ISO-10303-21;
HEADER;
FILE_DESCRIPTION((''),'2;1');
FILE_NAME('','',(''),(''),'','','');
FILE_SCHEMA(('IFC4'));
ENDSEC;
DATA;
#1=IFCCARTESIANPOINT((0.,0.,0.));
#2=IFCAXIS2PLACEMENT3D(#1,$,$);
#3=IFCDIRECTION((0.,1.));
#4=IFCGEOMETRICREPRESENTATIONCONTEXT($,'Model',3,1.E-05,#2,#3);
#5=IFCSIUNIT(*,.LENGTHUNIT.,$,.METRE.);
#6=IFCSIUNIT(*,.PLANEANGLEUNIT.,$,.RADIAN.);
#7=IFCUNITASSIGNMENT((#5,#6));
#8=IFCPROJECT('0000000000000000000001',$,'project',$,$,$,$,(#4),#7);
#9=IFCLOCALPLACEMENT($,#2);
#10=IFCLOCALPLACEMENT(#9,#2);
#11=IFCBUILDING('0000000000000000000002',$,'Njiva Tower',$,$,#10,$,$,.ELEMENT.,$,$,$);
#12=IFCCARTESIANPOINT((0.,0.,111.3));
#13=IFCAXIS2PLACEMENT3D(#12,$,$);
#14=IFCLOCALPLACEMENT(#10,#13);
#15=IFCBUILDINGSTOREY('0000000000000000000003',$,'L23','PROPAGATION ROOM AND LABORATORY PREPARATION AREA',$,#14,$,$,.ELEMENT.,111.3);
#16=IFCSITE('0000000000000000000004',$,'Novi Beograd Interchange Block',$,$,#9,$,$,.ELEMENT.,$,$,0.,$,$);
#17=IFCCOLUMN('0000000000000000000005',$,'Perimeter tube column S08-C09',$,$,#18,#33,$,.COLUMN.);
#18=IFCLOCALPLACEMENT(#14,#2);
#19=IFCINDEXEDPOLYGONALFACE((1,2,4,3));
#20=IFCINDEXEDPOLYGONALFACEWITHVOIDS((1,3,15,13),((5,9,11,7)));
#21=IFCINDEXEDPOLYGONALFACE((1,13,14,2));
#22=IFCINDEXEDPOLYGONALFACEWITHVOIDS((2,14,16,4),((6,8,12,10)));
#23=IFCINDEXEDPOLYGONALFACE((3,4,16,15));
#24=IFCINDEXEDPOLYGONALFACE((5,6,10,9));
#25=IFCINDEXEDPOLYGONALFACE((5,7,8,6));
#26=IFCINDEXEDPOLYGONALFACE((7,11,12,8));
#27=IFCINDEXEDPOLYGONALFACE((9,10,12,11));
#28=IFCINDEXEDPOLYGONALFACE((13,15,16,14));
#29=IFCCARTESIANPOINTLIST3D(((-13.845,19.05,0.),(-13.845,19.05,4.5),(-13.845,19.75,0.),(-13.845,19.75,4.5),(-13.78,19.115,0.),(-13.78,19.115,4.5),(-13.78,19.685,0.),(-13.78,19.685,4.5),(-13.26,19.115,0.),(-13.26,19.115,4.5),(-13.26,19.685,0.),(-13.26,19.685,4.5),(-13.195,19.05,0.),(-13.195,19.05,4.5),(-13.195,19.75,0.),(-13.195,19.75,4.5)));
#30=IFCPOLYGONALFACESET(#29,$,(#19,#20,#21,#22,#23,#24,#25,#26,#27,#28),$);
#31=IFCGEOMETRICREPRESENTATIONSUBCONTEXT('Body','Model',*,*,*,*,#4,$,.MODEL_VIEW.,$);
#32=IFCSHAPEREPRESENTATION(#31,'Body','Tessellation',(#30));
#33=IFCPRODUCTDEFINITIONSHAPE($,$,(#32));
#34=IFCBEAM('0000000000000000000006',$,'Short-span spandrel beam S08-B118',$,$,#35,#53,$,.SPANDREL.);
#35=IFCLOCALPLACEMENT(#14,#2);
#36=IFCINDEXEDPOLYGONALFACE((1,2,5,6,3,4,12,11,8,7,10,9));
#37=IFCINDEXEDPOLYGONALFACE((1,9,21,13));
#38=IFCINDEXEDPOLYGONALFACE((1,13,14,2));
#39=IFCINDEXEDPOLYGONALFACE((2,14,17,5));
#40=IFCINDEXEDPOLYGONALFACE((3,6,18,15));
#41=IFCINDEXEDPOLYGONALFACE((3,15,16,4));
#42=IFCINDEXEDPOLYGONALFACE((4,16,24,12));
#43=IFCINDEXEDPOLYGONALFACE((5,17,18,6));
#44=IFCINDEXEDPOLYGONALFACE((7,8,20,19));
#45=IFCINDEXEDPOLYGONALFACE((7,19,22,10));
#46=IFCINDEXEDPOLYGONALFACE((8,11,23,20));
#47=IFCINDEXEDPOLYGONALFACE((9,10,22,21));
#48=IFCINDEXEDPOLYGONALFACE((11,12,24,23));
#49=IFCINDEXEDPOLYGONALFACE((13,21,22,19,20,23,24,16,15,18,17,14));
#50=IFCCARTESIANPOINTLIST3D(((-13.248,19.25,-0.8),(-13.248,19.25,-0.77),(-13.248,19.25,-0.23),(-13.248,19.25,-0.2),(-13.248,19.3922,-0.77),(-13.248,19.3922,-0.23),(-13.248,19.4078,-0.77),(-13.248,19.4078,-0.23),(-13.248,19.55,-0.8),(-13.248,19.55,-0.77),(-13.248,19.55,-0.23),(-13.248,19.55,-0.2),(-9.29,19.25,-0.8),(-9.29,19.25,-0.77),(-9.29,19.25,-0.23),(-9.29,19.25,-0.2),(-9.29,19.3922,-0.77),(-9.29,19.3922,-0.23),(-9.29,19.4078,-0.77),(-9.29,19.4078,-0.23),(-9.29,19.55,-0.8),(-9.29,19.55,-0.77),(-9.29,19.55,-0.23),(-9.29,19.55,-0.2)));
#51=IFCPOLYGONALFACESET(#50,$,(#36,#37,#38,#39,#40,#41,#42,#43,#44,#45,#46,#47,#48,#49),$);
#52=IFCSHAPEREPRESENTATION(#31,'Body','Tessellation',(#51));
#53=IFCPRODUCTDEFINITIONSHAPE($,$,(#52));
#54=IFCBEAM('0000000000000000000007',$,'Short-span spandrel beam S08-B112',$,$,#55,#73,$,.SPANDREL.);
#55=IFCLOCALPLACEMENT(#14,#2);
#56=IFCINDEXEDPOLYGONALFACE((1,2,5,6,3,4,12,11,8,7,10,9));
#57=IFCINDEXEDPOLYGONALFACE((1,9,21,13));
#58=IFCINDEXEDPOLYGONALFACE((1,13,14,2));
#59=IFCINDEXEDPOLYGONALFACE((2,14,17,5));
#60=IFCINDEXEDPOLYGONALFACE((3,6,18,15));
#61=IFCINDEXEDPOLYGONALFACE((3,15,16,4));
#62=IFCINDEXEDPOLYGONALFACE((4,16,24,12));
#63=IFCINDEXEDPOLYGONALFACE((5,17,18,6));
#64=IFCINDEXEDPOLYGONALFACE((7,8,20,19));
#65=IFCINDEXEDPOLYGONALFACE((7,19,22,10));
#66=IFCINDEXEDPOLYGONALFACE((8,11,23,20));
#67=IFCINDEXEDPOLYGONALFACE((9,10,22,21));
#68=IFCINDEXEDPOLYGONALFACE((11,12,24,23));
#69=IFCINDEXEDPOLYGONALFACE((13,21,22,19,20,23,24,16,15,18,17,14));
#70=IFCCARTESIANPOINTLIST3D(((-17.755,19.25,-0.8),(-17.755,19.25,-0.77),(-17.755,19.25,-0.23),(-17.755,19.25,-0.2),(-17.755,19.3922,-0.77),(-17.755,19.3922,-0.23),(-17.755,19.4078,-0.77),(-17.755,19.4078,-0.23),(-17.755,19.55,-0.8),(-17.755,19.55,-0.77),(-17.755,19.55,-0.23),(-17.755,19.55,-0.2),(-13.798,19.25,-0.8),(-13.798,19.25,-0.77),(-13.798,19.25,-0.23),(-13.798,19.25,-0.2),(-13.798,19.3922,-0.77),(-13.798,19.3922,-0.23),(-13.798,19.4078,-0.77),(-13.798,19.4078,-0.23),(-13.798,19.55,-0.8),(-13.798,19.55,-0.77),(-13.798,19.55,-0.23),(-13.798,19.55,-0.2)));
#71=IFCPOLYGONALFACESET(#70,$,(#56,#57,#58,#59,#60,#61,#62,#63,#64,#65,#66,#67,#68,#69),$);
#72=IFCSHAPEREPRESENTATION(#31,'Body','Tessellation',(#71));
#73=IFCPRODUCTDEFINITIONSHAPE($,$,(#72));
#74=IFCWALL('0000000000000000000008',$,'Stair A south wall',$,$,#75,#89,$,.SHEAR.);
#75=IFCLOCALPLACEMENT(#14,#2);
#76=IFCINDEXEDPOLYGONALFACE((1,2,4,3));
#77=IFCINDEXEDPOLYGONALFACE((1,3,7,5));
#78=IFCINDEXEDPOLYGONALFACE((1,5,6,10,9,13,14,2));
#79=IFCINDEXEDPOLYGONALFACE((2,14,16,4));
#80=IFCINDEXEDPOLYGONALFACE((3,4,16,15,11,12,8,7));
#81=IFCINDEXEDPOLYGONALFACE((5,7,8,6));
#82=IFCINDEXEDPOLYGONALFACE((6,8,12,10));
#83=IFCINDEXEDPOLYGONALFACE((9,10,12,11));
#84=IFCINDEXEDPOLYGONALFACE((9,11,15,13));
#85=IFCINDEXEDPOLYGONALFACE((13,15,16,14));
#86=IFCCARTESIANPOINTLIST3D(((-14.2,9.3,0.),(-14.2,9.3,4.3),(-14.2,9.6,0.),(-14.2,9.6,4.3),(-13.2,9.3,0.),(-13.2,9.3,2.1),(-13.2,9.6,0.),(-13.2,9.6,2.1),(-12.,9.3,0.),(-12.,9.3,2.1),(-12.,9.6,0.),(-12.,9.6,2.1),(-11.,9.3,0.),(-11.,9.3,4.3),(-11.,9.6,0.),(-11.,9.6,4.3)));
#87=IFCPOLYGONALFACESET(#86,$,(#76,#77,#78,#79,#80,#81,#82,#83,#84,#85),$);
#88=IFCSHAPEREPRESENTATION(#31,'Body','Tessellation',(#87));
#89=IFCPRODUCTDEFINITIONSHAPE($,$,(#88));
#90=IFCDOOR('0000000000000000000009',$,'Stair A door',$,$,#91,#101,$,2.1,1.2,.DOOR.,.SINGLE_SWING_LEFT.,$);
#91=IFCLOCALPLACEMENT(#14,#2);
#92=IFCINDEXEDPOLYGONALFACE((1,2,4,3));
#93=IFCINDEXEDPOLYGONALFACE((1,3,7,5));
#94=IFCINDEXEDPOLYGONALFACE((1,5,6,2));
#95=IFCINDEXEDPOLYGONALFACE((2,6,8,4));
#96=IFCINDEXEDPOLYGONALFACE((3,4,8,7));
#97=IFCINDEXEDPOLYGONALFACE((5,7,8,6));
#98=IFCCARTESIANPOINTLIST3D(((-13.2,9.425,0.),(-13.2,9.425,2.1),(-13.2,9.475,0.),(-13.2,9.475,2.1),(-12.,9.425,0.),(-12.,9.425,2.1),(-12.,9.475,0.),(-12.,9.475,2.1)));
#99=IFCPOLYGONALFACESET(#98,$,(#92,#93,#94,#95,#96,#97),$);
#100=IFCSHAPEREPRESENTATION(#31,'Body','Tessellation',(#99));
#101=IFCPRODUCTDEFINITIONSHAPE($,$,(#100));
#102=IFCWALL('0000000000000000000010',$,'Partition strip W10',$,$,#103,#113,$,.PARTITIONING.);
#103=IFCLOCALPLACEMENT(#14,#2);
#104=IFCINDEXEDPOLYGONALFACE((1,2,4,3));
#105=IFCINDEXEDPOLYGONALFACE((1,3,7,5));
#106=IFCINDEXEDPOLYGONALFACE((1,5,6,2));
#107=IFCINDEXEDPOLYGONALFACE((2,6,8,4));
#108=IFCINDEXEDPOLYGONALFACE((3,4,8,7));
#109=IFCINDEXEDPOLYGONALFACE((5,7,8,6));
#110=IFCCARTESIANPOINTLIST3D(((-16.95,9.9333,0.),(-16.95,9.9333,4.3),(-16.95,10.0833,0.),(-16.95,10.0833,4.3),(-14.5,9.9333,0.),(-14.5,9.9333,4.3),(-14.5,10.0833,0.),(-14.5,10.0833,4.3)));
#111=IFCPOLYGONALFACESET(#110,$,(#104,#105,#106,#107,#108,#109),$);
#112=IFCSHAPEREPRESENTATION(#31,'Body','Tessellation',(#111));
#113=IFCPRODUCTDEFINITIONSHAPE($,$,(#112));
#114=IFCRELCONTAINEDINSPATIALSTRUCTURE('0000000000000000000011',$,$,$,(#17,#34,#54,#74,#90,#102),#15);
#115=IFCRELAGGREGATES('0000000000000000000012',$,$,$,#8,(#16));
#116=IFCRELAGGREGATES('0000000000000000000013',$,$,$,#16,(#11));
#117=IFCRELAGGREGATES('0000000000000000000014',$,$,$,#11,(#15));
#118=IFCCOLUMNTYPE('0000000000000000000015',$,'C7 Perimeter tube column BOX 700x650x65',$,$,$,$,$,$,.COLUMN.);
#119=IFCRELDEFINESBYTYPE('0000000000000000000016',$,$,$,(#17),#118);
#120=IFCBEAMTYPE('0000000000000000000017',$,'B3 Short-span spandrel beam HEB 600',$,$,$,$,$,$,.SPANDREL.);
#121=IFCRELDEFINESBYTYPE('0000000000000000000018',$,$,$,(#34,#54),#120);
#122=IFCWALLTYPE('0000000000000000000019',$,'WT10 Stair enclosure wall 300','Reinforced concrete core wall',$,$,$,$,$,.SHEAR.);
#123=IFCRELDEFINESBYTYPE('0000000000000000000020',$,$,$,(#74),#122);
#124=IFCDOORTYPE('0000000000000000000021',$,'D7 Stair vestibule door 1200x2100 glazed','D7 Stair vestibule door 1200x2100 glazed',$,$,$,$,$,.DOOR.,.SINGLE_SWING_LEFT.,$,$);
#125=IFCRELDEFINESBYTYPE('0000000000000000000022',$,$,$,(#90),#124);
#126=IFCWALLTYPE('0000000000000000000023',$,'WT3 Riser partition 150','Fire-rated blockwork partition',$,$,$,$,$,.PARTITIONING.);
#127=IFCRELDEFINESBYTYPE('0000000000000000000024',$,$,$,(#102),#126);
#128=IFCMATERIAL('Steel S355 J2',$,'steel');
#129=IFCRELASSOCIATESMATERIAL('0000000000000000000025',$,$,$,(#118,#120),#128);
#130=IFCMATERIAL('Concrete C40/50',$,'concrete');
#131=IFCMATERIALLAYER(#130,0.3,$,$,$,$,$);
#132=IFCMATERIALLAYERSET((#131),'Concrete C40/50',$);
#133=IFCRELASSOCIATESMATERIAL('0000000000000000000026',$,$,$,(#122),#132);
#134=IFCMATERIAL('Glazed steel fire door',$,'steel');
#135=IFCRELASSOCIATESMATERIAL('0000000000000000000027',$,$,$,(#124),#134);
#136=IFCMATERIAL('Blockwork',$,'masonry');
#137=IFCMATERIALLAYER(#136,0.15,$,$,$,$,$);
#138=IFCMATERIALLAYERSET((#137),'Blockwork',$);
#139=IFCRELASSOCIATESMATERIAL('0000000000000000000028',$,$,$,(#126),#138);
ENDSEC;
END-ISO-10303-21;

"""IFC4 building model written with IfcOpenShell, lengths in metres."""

from ifc_helpers import new_model, si_unit, direction, frame, frame_2d, origin, origin_2d, place, context, subcontext, project, spatial, rectangle, hollow_rectangle, i_section, extrude, material, layer, layer_set, material_profile, profile_set, type_object, element, fill, save


model = new_model("IFC4")

# Units and contexts
model_context = context("Model", 3, precision=1e-05, world=origin(), true_north=direction((0.0, 1.0)))
body_context = subcontext(model_context, "Body", "Model", "MODEL_VIEW")
ifc_project = project(units=[si_unit("LENGTHUNIT", "METRE"), si_unit("PLANEANGLEUNIT", "RADIAN")], contexts=[model_context])

# Site, building, storey
site_placement = place(None, origin())
site = spatial("IfcSite", under=ifc_project, at=site_placement, Name="Novi Beograd Interchange Block", CompositionType="ELEMENT", RefElevation=0.0)
building_placement = place(site_placement, origin())
building = spatial("IfcBuilding", under=site, at=building_placement, Name="Njiva Tower", CompositionType="ELEMENT")
storey_placement = place(building_placement, frame((0.0, 0.0, 111.3)))
storey = spatial("IfcBuildingStorey", under=building, at=storey_placement, Name="L23", Description="PROPAGATION ROOM AND LABORATORY PREPARATION AREA", CompositionType="ELEMENT", Elevation=111.3)

# Column
ifc_material_1 = material(Name="Steel S355 J2", Category="steel")
ifc_material_profile_1 = material_profile(ifc_material_1, hollow_rectangle(XDim=0.65, YDim=0.7, WallThickness=0.065, at=origin_2d()), Name="BOX 700x650x65")
ifc_profile_set_1 = profile_set([ifc_material_profile_1], Name="Steel S355 J2")
column_type = type_object("IfcColumnType", Name="C7 Perimeter tube column BOX 700x650x65", PredefinedType="COLUMN", material=ifc_profile_set_1)
column_placement = place(storey_placement, frame((-13.52, 19.4, 0.0), z_axis=(0.0, 0.0, 1.0), x_axis=(-1.0, 0.0, 0.0)))
element("IfcColumn", 1, at=column_placement, inside=storey, type_object=column_type, Name="Perimeter tube column S08-C09", PredefinedType="COLUMN", context=body_context, shape_type="SweptSolid", body=[
    extrude(hollow_rectangle(XDim=0.65, YDim=0.7, WallThickness=0.065, at=origin_2d()), origin(), (0.0, 0.0, 1.0), 4.5),
])

# Beams
ifc_material_profile_2 = material_profile(ifc_material_1, i_section(OverallWidth=0.3, OverallDepth=0.6, WebThickness=0.0155, FlangeThickness=0.03, at=origin_2d()), Name="HEB 600")
ifc_profile_set_2 = profile_set([ifc_material_profile_2], Name="Steel S355 J2")
beam_type = type_object("IfcBeamType", Name="B3 Short-span spandrel beam HEB 600", PredefinedType="SPANDREL", material=ifc_profile_set_2)
beam_1_placement = place(storey_placement, frame((-9.29, 19.4, -0.5), z_axis=(-1.0, 0.0, 0.0), x_axis=(0.0, -1.0, 0.0)))
element("IfcBeam", 2, at=beam_1_placement, inside=storey, type_object=beam_type, Name="Short-span spandrel beam S08-B118", PredefinedType="SPANDREL", context=body_context, shape_type="SweptSolid", body=[
    extrude(i_section(OverallWidth=0.3, OverallDepth=0.6, WebThickness=0.0155, FlangeThickness=0.03, at=origin_2d()), origin(), (0.0, 0.0, 1.0), 3.958),
])
beam_2_placement = place(storey_placement, frame((-13.798, 19.4, -0.5), z_axis=(-1.0, 0.0, 0.0), x_axis=(0.0, -1.0, 0.0)))
element("IfcBeam", 3, at=beam_2_placement, inside=storey, type_object=beam_type, Name="Short-span spandrel beam S08-B112", PredefinedType="SPANDREL", context=body_context, shape_type="SweptSolid", body=[
    extrude(i_section(OverallWidth=0.3, OverallDepth=0.6, WebThickness=0.0155, FlangeThickness=0.03, at=origin_2d()), origin(), (0.0, 0.0, 1.0), 3.957),
])

# Wall, opening, door
ifc_material_2 = material(Name="Concrete C40/50", Category="concrete")
ifc_layer_1 = layer(ifc_material_2, 0.3)
ifc_layer_set_1 = layer_set([ifc_layer_1], Name="Concrete C40/50")
wall_type_1 = type_object("IfcWallType", Name="WT10 Stair enclosure wall 300", Description="Reinforced concrete core wall", PredefinedType="SHEAR", material=ifc_layer_set_1)
wall_1_placement = place(storey_placement, frame((-14.2, 9.45, 0.0), z_axis=(0.0, 0.0, 1.0), x_axis=(1.0, 0.0, 0.0)))
wall_1 = element("IfcWall", 4, at=wall_1_placement, inside=storey, type_object=wall_type_1, Name="Stair A south wall", PredefinedType="SHEAR", context=body_context, shape_type="SweptSolid", body=[
    extrude(rectangle(XDim=3.2, YDim=0.3, at=frame_2d((1.6, 0.0))), origin(), (0.0, 0.0, 1.0), 4.3),
])
opening_1_placement = place(wall_1_placement, frame((1.0, 0.0, 0.0)))
opening_1 = element("IfcOpeningElement", 5, at=opening_1_placement, cuts=wall_1, PredefinedType="OPENING", context=body_context, shape_type="SweptSolid", body=[
    extrude(rectangle(XDim=1.2, YDim=2.1, at=frame_2d((0.6, 1.05))), frame((0.0, 0.16, 0.0), z_axis=(0.0, -1.0, 0.0), x_axis=(1.0, 0.0, 0.0)), (0.0, 0.0, 1.0), 0.32),
])
ifc_material_3 = material(Name="Glazed steel fire door", Category="steel")
door_type_1 = type_object("IfcDoorType", Name="D7 Stair vestibule door 1200x2100 glazed", Description="D7 Stair vestibule door 1200x2100 glazed", OperationType="SINGLE_SWING_LEFT", PredefinedType="DOOR", material=ifc_material_3)
door_1_placement = place(opening_1_placement, origin())
door_1 = element("IfcDoor", 6, at=door_1_placement, inside=storey, type_object=door_type_1, Name="Stair A door", OperationType="SINGLE_SWING_LEFT", OverallHeight=2.1, OverallWidth=1.2, PredefinedType="DOOR", context=body_context, shape_type="SweptSolid", body=[
    extrude(rectangle(XDim=1.2, YDim=2.1, at=frame_2d((0.6, 1.05))), frame((0.0, 0.025, 0.0), z_axis=(0.0, -1.0, 0.0), x_axis=(1.0, 0.0, 0.0)), (0.0, 0.0, 1.0), 0.05),
])
fill(opening_1, door_1)

# Wall
ifc_material_4 = material(Name="Blockwork", Category="masonry")
ifc_layer_2 = layer(ifc_material_4, 0.15)
ifc_layer_set_2 = layer_set([ifc_layer_2], Name="Blockwork")
wall_type_2 = type_object("IfcWallType", Name="WT3 Riser partition 150", Description="Fire-rated blockwork partition", PredefinedType="PARTITIONING", material=ifc_layer_set_2)
wall_2_placement = place(storey_placement, frame((-16.95, 10.0083, 0.0), z_axis=(0.0, 0.0, 1.0), x_axis=(1.0, 0.0, 0.0)))
element("IfcWall", 7, at=wall_2_placement, inside=storey, type_object=wall_type_2, Name="Partition strip W10", PredefinedType="PARTITIONING", context=body_context, shape_type="SweptSolid", body=[
    extrude(rectangle(XDim=2.45, YDim=0.15, at=frame_2d((1.225, 0.0))), origin(), (0.0, 0.0, 1.0), 4.3),
])

save(model, "model.ifc")
